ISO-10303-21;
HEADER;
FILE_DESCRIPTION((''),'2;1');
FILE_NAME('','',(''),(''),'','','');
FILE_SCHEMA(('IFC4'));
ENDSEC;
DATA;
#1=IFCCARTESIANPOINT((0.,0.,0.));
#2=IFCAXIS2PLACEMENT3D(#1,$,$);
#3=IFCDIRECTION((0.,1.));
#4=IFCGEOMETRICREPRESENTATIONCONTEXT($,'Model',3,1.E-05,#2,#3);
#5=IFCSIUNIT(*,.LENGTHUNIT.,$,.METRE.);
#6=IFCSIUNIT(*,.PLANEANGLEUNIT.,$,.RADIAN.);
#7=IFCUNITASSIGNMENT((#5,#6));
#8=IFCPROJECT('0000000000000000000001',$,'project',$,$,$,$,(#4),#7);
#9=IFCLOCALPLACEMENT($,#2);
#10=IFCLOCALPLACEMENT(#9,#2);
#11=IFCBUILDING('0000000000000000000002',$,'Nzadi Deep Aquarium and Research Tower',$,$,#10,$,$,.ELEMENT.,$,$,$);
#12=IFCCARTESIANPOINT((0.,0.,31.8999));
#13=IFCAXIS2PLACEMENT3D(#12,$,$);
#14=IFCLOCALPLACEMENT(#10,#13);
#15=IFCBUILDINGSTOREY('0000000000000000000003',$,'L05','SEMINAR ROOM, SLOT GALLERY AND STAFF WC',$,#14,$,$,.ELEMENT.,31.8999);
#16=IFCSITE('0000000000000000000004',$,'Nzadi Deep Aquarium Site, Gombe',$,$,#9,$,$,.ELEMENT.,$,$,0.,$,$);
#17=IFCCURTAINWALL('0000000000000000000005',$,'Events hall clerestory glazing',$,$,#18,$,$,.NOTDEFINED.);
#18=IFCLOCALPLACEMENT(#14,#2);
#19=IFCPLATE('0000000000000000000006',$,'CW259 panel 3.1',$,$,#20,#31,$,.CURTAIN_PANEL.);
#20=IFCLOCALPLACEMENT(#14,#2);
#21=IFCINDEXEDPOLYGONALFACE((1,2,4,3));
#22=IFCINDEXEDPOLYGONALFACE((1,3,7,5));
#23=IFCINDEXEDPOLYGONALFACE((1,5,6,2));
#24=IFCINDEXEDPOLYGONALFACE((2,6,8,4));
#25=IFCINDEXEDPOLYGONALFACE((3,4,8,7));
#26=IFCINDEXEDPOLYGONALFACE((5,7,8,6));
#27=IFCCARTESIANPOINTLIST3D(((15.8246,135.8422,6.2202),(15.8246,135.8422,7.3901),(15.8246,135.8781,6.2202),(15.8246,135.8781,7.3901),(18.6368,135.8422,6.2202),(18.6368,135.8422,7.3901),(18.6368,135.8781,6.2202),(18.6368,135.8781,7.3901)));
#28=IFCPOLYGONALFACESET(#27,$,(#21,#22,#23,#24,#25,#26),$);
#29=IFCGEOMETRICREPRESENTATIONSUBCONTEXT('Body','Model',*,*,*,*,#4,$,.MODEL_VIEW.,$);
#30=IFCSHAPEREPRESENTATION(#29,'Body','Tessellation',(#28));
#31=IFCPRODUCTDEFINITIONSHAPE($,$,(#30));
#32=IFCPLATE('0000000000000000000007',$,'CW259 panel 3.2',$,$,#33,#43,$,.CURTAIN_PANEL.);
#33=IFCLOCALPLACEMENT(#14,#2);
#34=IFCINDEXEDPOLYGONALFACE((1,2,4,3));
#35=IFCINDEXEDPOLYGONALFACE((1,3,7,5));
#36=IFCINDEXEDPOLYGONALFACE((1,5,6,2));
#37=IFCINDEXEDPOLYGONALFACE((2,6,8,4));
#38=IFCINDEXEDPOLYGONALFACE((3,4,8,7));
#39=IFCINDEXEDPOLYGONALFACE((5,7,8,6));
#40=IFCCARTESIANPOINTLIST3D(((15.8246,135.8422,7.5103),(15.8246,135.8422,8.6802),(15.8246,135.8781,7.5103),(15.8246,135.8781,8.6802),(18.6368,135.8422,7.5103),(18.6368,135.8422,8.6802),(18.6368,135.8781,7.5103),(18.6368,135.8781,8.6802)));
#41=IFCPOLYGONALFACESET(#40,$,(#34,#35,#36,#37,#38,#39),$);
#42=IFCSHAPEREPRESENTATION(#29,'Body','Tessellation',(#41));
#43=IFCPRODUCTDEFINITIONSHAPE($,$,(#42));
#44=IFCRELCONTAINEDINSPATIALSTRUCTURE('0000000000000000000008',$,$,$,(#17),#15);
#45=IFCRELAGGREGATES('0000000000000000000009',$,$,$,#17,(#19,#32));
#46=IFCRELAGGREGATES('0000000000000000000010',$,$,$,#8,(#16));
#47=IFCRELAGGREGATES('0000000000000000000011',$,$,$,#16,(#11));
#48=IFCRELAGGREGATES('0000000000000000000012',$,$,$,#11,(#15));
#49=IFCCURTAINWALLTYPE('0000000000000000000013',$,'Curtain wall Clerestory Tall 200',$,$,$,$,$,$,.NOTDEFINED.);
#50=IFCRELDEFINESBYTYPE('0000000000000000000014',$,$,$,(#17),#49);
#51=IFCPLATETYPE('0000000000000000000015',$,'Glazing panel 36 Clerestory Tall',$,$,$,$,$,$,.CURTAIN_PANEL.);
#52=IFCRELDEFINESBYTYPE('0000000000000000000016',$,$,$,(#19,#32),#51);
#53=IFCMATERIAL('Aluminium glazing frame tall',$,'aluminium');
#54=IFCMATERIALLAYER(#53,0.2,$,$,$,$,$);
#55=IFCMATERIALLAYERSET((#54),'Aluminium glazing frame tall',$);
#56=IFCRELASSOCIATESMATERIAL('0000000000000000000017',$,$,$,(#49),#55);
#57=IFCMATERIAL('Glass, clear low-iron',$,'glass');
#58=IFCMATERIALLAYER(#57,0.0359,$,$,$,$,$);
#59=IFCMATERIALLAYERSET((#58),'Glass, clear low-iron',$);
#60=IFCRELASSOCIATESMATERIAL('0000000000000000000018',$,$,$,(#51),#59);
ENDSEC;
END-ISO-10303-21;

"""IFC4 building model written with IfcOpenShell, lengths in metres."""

from ifc_helpers import new_model, si_unit, direction, frame, origin, origin_2d, place, context, subcontext, project, spatial, rectangle, extrude, material, layer, layer_set, type_object, element, aggregate, save


model = new_model("IFC4")

# Units and contexts
model_context = context("Model", 3, precision=1e-05, world=origin(), true_north=direction((0.0, 1.0)))
body_context = subcontext(model_context, "Body", "Model", "MODEL_VIEW")
ifc_project = project(units=[si_unit("LENGTHUNIT", "METRE"), si_unit("PLANEANGLEUNIT", "RADIAN")], contexts=[model_context])

# Site, building, storey
site_placement = place(None, origin())
site = spatial("IfcSite", under=ifc_project, at=site_placement, Name="Nzadi Deep Aquarium Site, Gombe", CompositionType="ELEMENT", RefElevation=0.0)
building_placement = place(site_placement, origin())
building = spatial("IfcBuilding", under=site, at=building_placement, Name="Nzadi Deep Aquarium and Research Tower", CompositionType="ELEMENT")
storey_placement = place(building_placement, frame((0.0, 0.0, 31.8999)))
storey = spatial("IfcBuildingStorey", under=building, at=storey_placement, Name="L05", Description="SEMINAR ROOM, SLOT GALLERY AND STAFF WC", CompositionType="ELEMENT", Elevation=31.8999)

# Curtain wall
ifc_material_1 = material(Name="Aluminium glazing frame tall", Category="aluminium")
ifc_layer_1 = layer(ifc_material_1, 0.2)
ifc_layer_set_1 = layer_set([ifc_layer_1], Name="Aluminium glazing frame tall")
curtain_wall_type = type_object("IfcCurtainWallType", Name="Curtain wall Clerestory Tall 200", PredefinedType="NOTDEFINED", material=ifc_layer_set_1)
curtain_wall_placement = place(storey_placement, origin())
curtain_wall = element("IfcCurtainWall", 1, at=curtain_wall_placement, inside=storey, type_object=curtain_wall_type, Name="Events hall clerestory glazing", PredefinedType="NOTDEFINED")

# Plates
ifc_material_2 = material(Name="Glass, clear low-iron", Category="glass")
ifc_layer_2 = layer(ifc_material_2, 0.0359)
ifc_layer_set_2 = layer_set([ifc_layer_2], Name="Glass, clear low-iron")
plate_type = type_object("IfcPlateType", Name="Glazing panel 36 Clerestory Tall", PredefinedType="CURTAIN_PANEL", material=ifc_layer_set_2)
plate_1_placement = place(storey_placement, frame((17.2307, 135.8601, 6.2202), z_axis=(0.0, 0.0, 1.0), x_axis=(1.0, 0.0, 0.0)))
plate_1 = element("IfcPlate", 2, at=plate_1_placement, type_object=plate_type, Name="CW259 panel 3.1", PredefinedType="CURTAIN_PANEL", context=body_context, shape_type="SweptSolid", body=[
    extrude(rectangle(XDim=2.8123, YDim=0.0359, at=origin_2d()), origin(), (0.0, 0.0, 1.0), 1.1699),
])
plate_2_placement = place(storey_placement, frame((17.2307, 135.8601, 7.5103), z_axis=(0.0, 0.0, 1.0), x_axis=(1.0, 0.0, 0.0)))
plate_2 = element("IfcPlate", 3, at=plate_2_placement, type_object=plate_type, Name="CW259 panel 3.2", PredefinedType="CURTAIN_PANEL", context=body_context, shape_type="SweptSolid", body=[
    extrude(rectangle(XDim=2.8123, YDim=0.0359, at=origin_2d()), origin(), (0.0, 0.0, 1.0), 1.1699),
])
aggregate(curtain_wall, [plate_1, plate_2])

save(model, "model.ifc")
